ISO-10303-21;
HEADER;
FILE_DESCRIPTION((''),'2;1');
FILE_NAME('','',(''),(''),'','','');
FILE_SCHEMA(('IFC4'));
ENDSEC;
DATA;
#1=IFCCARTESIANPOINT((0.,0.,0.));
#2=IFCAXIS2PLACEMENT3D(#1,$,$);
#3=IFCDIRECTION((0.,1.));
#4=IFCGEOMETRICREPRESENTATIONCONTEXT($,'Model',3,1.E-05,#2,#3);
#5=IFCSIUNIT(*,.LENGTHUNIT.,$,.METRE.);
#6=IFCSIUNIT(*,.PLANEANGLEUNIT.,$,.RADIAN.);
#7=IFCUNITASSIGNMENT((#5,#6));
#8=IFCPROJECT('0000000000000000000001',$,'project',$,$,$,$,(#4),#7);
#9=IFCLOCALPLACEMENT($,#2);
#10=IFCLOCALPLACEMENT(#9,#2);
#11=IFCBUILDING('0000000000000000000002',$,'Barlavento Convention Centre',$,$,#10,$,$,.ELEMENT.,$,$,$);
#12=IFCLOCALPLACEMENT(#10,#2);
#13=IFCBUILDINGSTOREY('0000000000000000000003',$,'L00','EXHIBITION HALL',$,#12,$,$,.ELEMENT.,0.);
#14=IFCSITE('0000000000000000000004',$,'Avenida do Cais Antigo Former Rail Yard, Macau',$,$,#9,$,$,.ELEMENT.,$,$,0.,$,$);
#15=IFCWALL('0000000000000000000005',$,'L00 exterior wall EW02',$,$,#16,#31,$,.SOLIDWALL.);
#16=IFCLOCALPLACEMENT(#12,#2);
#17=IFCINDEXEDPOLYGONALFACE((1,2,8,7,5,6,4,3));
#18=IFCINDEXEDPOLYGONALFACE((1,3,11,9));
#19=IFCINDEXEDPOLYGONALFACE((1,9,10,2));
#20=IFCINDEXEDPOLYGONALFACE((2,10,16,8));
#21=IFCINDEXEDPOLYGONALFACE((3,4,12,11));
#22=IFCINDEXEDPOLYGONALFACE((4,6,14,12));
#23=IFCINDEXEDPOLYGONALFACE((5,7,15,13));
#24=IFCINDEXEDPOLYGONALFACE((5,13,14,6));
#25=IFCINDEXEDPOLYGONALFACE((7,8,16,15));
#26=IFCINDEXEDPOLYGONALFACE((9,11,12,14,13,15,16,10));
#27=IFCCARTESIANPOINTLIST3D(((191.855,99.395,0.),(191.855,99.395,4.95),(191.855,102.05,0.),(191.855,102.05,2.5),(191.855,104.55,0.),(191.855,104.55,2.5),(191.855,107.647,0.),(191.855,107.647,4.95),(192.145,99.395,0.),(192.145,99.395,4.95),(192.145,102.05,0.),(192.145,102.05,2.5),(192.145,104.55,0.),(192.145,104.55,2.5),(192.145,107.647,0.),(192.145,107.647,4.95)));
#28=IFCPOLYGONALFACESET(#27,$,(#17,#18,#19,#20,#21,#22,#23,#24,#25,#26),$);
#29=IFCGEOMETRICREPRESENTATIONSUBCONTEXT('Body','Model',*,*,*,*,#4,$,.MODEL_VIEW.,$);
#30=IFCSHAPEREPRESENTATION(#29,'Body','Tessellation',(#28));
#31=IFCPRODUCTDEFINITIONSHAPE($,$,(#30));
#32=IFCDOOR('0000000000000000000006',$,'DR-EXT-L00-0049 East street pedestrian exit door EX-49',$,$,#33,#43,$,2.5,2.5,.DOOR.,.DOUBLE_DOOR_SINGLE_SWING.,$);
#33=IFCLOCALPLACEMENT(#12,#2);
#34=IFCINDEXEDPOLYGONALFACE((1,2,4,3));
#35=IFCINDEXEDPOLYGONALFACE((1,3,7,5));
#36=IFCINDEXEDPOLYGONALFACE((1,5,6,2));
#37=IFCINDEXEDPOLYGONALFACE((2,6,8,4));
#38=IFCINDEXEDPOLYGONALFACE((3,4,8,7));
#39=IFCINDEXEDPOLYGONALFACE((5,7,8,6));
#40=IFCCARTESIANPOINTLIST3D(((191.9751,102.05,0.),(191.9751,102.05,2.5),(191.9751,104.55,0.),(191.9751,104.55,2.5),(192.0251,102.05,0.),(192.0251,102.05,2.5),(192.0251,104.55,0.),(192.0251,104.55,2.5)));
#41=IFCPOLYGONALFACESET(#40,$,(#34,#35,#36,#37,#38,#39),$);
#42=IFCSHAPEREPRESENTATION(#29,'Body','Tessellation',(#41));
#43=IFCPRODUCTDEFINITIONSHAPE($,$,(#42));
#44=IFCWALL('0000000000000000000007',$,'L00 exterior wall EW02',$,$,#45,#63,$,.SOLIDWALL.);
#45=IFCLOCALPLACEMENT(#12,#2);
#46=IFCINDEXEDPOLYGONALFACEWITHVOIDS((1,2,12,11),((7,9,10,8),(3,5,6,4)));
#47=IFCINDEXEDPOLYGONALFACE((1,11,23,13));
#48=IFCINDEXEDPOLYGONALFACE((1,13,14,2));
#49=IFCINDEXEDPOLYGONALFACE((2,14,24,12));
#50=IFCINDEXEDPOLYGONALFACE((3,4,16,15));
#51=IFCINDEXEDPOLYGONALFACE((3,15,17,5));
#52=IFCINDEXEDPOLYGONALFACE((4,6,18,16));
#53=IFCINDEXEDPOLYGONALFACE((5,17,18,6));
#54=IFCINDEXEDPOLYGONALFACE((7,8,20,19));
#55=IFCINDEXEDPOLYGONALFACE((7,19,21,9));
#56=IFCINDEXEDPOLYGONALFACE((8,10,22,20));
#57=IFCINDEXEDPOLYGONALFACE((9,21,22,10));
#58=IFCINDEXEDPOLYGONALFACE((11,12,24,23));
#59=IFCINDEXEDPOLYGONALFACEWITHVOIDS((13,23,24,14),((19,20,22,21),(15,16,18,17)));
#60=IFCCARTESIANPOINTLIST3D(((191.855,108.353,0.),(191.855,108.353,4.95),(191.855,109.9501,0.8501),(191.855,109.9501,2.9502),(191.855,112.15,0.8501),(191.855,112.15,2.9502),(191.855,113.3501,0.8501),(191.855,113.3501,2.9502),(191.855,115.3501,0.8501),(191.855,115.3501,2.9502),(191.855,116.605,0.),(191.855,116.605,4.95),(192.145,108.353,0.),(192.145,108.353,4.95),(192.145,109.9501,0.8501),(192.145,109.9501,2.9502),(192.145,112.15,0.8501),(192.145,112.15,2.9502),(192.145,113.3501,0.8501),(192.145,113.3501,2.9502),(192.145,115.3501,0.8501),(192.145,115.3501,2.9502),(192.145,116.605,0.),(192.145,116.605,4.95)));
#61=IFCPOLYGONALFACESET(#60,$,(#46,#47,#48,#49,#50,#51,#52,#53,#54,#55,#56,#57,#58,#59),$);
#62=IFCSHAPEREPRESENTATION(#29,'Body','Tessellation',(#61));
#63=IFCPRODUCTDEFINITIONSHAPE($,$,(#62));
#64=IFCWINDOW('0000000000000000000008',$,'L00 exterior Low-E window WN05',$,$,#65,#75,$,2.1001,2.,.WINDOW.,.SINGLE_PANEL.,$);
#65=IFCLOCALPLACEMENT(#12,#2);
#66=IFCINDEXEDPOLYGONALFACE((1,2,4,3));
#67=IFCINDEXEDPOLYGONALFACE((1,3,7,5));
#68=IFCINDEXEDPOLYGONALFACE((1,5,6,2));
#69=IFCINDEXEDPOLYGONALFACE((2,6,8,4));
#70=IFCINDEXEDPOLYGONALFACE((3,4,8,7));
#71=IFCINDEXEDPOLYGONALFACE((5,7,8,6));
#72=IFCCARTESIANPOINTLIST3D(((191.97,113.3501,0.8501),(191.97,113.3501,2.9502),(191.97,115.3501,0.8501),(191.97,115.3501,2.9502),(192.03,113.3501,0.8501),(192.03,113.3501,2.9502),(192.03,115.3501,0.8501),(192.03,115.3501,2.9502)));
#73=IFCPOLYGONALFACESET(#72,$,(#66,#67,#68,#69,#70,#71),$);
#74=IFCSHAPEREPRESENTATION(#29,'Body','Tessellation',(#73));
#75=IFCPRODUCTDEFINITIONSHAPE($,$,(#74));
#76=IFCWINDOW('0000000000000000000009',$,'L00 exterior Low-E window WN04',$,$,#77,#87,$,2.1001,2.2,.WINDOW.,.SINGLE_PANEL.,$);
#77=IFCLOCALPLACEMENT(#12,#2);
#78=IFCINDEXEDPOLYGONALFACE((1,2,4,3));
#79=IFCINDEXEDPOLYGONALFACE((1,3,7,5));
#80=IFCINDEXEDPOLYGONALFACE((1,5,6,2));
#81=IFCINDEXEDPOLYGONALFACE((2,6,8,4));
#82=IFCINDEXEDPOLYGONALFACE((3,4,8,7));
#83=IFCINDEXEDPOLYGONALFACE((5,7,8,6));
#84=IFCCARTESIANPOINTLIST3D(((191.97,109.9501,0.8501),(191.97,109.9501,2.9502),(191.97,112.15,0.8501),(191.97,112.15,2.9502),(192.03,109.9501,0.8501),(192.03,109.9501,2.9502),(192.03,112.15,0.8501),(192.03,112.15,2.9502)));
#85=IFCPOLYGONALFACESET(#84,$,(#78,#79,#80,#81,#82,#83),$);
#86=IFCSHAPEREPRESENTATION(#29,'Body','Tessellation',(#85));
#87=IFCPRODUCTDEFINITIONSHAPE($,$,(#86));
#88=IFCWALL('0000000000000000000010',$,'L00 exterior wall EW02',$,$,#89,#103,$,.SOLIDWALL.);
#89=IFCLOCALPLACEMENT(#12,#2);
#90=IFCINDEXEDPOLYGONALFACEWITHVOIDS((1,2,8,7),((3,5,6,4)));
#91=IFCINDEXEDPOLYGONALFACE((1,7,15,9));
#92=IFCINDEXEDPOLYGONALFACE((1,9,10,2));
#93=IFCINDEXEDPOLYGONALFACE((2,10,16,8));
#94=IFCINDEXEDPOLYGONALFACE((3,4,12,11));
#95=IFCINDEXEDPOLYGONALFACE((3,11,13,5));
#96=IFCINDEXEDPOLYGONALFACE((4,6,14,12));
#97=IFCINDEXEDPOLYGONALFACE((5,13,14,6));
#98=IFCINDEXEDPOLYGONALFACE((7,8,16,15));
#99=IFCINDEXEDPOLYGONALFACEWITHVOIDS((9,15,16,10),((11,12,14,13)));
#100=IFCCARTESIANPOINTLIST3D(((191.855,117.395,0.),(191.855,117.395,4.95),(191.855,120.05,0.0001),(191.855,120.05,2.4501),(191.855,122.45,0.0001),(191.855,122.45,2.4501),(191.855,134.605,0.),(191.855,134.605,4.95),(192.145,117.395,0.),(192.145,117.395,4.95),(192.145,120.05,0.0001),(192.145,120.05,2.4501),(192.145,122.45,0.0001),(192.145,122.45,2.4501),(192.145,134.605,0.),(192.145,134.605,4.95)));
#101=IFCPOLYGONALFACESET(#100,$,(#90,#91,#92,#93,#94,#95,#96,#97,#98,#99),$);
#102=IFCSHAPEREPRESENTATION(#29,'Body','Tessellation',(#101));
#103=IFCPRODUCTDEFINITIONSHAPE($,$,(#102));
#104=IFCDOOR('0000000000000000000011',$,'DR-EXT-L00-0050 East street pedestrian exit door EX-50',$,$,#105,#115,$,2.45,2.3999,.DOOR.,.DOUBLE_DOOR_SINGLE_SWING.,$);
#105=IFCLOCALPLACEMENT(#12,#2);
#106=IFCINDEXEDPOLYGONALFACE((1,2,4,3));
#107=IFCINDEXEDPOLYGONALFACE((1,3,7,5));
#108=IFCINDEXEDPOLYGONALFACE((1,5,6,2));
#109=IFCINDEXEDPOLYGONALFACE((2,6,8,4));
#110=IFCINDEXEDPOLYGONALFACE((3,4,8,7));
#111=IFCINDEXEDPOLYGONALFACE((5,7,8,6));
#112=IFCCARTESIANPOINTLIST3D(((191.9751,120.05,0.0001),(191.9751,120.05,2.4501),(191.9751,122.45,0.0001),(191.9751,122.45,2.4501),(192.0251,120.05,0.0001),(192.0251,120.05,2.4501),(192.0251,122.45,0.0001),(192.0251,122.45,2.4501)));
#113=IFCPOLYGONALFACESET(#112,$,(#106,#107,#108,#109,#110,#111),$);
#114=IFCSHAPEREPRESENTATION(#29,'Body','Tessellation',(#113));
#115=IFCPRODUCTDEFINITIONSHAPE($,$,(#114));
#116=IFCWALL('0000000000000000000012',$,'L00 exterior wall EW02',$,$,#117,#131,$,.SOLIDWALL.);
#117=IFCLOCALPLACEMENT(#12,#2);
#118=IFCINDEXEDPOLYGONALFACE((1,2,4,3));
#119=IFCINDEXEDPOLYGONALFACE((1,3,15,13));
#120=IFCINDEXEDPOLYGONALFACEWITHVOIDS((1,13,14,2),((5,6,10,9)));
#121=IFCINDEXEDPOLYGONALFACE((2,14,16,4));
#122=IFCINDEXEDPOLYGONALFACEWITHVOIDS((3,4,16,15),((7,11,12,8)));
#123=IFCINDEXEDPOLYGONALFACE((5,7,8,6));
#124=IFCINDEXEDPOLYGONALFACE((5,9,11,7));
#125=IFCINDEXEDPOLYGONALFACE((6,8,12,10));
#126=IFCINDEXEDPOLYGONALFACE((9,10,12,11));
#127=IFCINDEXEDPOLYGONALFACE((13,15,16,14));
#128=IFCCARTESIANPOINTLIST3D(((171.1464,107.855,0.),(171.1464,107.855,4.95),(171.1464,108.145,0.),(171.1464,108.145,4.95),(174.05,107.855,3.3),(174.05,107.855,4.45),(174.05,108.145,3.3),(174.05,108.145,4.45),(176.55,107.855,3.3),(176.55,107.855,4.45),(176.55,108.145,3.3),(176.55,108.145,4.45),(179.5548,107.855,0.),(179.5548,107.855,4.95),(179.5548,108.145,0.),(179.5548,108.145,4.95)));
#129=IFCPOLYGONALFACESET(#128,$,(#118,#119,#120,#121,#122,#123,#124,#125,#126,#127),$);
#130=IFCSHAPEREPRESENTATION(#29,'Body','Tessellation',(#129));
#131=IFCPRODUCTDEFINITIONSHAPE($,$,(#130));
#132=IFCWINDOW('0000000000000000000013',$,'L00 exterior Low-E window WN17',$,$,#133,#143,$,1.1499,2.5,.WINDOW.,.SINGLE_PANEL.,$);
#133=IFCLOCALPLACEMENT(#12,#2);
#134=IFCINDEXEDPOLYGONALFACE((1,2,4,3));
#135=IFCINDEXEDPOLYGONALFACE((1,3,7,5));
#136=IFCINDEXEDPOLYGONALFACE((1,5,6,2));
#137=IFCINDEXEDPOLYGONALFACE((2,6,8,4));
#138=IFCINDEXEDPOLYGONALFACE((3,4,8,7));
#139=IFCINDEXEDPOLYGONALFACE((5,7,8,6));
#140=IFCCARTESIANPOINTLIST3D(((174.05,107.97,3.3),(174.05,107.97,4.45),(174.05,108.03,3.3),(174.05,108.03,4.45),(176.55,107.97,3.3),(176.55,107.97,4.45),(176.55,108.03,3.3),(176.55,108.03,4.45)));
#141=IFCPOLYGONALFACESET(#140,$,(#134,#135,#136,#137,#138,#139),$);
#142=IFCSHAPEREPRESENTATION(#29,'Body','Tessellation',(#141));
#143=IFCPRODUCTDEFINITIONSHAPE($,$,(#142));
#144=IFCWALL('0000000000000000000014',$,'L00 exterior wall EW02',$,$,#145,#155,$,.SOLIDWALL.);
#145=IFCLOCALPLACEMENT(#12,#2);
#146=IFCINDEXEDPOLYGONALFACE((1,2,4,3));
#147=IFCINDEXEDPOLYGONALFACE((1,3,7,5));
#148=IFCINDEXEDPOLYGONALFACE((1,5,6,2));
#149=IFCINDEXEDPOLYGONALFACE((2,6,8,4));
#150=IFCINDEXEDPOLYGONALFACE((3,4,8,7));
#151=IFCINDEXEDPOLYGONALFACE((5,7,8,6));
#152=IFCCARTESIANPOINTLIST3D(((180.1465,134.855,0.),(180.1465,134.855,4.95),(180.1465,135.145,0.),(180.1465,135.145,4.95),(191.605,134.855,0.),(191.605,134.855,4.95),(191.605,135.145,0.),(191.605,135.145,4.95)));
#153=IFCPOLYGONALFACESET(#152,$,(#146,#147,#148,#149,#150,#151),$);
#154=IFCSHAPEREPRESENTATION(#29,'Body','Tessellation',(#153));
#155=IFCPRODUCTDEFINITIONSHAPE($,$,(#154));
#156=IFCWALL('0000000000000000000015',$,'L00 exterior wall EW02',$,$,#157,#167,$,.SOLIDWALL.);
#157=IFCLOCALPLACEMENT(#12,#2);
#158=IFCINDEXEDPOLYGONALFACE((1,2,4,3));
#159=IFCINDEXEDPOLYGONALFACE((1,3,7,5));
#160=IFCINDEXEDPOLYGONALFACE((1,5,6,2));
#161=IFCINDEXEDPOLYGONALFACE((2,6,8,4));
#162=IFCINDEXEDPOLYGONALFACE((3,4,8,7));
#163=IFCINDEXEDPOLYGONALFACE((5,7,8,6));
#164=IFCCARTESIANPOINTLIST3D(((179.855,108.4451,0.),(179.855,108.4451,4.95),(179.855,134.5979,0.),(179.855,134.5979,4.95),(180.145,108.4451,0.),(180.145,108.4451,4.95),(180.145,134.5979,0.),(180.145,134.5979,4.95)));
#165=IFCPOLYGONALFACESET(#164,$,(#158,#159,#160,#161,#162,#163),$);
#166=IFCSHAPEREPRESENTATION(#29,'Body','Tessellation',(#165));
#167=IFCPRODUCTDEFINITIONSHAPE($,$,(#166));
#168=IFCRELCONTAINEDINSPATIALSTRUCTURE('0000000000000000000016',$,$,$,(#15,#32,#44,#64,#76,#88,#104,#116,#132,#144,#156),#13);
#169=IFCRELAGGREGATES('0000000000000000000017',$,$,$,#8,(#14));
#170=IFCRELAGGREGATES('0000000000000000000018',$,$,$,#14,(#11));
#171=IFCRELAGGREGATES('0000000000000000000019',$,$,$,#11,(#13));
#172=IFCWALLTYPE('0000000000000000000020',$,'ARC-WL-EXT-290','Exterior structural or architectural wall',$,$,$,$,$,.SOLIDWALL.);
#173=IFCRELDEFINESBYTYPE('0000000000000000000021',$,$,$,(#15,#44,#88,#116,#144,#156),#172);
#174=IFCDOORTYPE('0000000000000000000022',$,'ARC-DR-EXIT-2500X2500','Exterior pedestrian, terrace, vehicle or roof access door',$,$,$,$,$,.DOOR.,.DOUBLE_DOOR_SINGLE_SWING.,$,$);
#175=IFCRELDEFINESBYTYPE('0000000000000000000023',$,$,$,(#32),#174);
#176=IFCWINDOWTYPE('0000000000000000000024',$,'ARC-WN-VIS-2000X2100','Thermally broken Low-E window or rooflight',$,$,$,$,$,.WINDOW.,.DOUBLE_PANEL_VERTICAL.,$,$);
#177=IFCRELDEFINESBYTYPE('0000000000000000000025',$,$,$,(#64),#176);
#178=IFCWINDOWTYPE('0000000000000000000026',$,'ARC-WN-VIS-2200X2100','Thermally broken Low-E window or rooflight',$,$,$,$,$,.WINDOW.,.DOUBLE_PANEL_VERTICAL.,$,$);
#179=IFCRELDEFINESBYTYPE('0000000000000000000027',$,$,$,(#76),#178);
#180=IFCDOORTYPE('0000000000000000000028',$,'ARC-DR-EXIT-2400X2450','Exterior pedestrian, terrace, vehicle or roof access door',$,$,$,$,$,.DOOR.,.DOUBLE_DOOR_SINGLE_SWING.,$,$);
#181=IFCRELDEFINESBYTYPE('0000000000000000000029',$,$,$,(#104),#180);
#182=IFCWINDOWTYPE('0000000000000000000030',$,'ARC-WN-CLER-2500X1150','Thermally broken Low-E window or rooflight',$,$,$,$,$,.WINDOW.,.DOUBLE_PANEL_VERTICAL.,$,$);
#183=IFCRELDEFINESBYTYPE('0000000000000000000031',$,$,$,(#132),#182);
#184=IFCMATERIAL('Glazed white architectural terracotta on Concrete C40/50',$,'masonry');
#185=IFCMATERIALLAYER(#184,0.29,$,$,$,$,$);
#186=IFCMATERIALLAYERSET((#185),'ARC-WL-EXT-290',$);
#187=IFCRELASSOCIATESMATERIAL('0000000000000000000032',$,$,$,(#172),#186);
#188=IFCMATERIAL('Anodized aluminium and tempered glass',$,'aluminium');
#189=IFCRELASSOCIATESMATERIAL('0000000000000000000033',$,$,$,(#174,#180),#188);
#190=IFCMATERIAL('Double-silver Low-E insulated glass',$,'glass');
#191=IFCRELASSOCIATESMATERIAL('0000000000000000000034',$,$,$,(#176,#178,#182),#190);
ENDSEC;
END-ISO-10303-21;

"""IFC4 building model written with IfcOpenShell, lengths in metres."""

from ifc_helpers import new_model, si_unit, direction, frame, frame_2d, origin, place, context, subcontext, project, spatial, rectangle, extrude, material, layer, layer_set, type_object, element, fill, save


model = new_model("IFC4")

# Units and contexts
model_context = context("Model", 3, precision=1e-05, world=origin(), true_north=direction((0.0, 1.0)))
body_context = subcontext(model_context, "Body", "Model", "MODEL_VIEW")
ifc_project = project(units=[si_unit("LENGTHUNIT", "METRE"), si_unit("PLANEANGLEUNIT", "RADIAN")], contexts=[model_context])

# Site, building, storey
site_placement = place(None, origin())
site = spatial("IfcSite", under=ifc_project, at=site_placement, Name="Avenida do Cais Antigo Former Rail Yard, Macau", CompositionType="ELEMENT", RefElevation=0.0)
building_placement = place(site_placement, origin())
building = spatial("IfcBuilding", under=site, at=building_placement, Name="Barlavento Convention Centre", CompositionType="ELEMENT")
storey_placement = place(building_placement, origin())
storey = spatial("IfcBuildingStorey", under=building, at=storey_placement, Name="L00", Description="EXHIBITION HALL", CompositionType="ELEMENT", Elevation=0.0)

# Wall, opening, door
ifc_material_1 = material(Name="Glazed white architectural terracotta on Concrete C40/50", Category="masonry")
ifc_layer_1 = layer(ifc_material_1, 0.29)
ifc_layer_set_1 = layer_set([ifc_layer_1], Name="ARC-WL-EXT-290")
wall_type_1 = type_object("IfcWallType", Name="ARC-WL-EXT-290", Description="Exterior structural or architectural wall", PredefinedType="SOLIDWALL", material=ifc_layer_set_1)
wall_1_placement = place(storey_placement, frame((192.0, 99.395, 0.0), z_axis=(0.0, 0.0, 1.0), x_axis=(0.0, 1.0, 0.0)))
wall_1 = element("IfcWall", 1, at=wall_1_placement, inside=storey, type_object=wall_type_1, Name="L00 exterior wall EW02", PredefinedType="SOLIDWALL", context=body_context, shape_type="SweptSolid", body=[
    extrude(rectangle(XDim=8.252, YDim=0.29, at=frame_2d((4.126, 0.0))), origin(), (0.0, 0.0, 1.0), 4.95),
])
opening_1_placement = place(wall_1_placement, frame((2.655, 0.0, 0.0)))
opening_1 = element("IfcOpeningElement", 2, at=opening_1_placement, cuts=wall_1, PredefinedType="OPENING", context=body_context, shape_type="SweptSolid", body=[
    extrude(rectangle(XDim=2.5, YDim=2.5, at=frame_2d((1.25, 1.25))), frame((0.0, 0.155, 0.0), z_axis=(0.0, -1.0, 0.0), x_axis=(1.0, 0.0, 0.0)), (0.0, 0.0, 1.0), 0.3101),
])
ifc_material_2 = material(Name="Anodized aluminium and tempered glass", Category="aluminium")
door_type_1 = type_object("IfcDoorType", Name="ARC-DR-EXIT-2500X2500", Description="Exterior pedestrian, terrace, vehicle or roof access door", OperationType="DOUBLE_DOOR_SINGLE_SWING", PredefinedType="DOOR", material=ifc_material_2)
door_1_placement = place(opening_1_placement, origin())
door_1 = element("IfcDoor", 3, at=door_1_placement, inside=storey, type_object=door_type_1, Name="DR-EXT-L00-0049 East street pedestrian exit door EX-49", OperationType="DOUBLE_DOOR_SINGLE_SWING", OverallHeight=2.5, OverallWidth=2.5, PredefinedType="DOOR", context=body_context, shape_type="SweptSolid", body=[
    extrude(rectangle(XDim=2.5, YDim=2.5, at=frame_2d((1.25, 1.25))), frame((0.0, 0.0249, 0.0), z_axis=(0.0, -1.0, 0.0), x_axis=(1.0, 0.0, 0.0)), (0.0, 0.0, 1.0), 0.05),
])
fill(opening_1, door_1)

# Wall, openings, windows
wall_2_placement = place(storey_placement, frame((192.0, 108.353, 0.0), z_axis=(0.0, 0.0, 1.0), x_axis=(0.0, 1.0, 0.0)))
wall_2 = element("IfcWall", 4, at=wall_2_placement, inside=storey, type_object=wall_type_1, Name="L00 exterior wall EW02", PredefinedType="SOLIDWALL", context=body_context, shape_type="SweptSolid", body=[
    extrude(rectangle(XDim=8.252, YDim=0.29, at=frame_2d((4.126, 0.0))), origin(), (0.0, 0.0, 1.0), 4.95),
])
opening_2_placement = place(wall_2_placement, frame((1.5969, 0.0, 0.8501)))
opening_2 = element("IfcOpeningElement", 5, at=opening_2_placement, cuts=wall_2, PredefinedType="OPENING", context=body_context, shape_type="SweptSolid", body=[
    extrude(rectangle(XDim=2.2, YDim=2.1001, at=frame_2d((1.1001, 1.05))), frame((0.0, 0.155, 0.0), z_axis=(0.0, -1.0, 0.0), x_axis=(1.0, 0.0, 0.0)), (0.0, 0.0, 1.0), 0.3101),
])
opening_3_placement = place(wall_2_placement, frame((4.9971, 0.0, 0.8501)))
opening_3 = element("IfcOpeningElement", 6, at=opening_3_placement, cuts=wall_2, PredefinedType="OPENING", context=body_context, shape_type="SweptSolid", body=[
    extrude(rectangle(XDim=2.0, YDim=2.1001, at=frame_2d((1.0, 1.05))), frame((0.0, 0.155, 0.0), z_axis=(0.0, -1.0, 0.0), x_axis=(1.0, 0.0, 0.0)), (0.0, 0.0, 1.0), 0.3101),
])
ifc_material_3 = material(Name="Double-silver Low-E insulated glass", Category="glass")
window_type_1 = type_object("IfcWindowType", Name="ARC-WN-VIS-2000X2100", Description="Thermally broken Low-E window or rooflight", PartitioningType="DOUBLE_PANEL_VERTICAL", PredefinedType="WINDOW", material=ifc_material_3)
window_1_placement = place(opening_3_placement, origin())
window_1 = element("IfcWindow", 7, at=window_1_placement, inside=storey, type_object=window_type_1, Name="L00 exterior Low-E window WN05", OverallHeight=2.1001, OverallWidth=2.0, PartitioningType="SINGLE_PANEL", PredefinedType="WINDOW", context=body_context, shape_type="SweptSolid", body=[
    extrude(rectangle(XDim=2.0, YDim=2.1001, at=frame_2d((1.0, 1.05))), frame((0.0, 0.03, 0.0), z_axis=(0.0, -1.0, 0.0), x_axis=(1.0, 0.0, 0.0)), (0.0, 0.0, 1.0), 0.0601),
])
fill(opening_3, window_1)
window_type_2 = type_object("IfcWindowType", Name="ARC-WN-VIS-2200X2100", Description="Thermally broken Low-E window or rooflight", PartitioningType="DOUBLE_PANEL_VERTICAL", PredefinedType="WINDOW", material=ifc_material_3)
window_2_placement = place(opening_2_placement, origin())
window_2 = element("IfcWindow", 8, at=window_2_placement, inside=storey, type_object=window_type_2, Name="L00 exterior Low-E window WN04", OverallHeight=2.1001, OverallWidth=2.2, PartitioningType="SINGLE_PANEL", PredefinedType="WINDOW", context=body_context, shape_type="SweptSolid", body=[
    extrude(rectangle(XDim=2.2, YDim=2.1001, at=frame_2d((1.1001, 1.05))), frame((0.0, 0.03, 0.0), z_axis=(0.0, -1.0, 0.0), x_axis=(1.0, 0.0, 0.0)), (0.0, 0.0, 1.0), 0.0601),
])
fill(opening_2, window_2)

# Wall, opening, door
wall_3_placement = place(storey_placement, frame((192.0, 117.395, 0.0), z_axis=(0.0, 0.0, 1.0), x_axis=(0.0, 1.0, 0.0)))
wall_3 = element("IfcWall", 9, at=wall_3_placement, inside=storey, type_object=wall_type_1, Name="L00 exterior wall EW02", PredefinedType="SOLIDWALL", context=body_context, shape_type="SweptSolid", body=[
    extrude(rectangle(XDim=17.21, YDim=0.29, at=frame_2d((8.605, 0.0))), origin(), (0.0, 0.0, 1.0), 4.95),
])
opening_4_placement = place(wall_3_placement, frame((2.655, 0.0, 0.0)))
opening_4 = element("IfcOpeningElement", 10, at=opening_4_placement, cuts=wall_3, PredefinedType="OPENING", context=body_context, shape_type="SweptSolid", body=[
    extrude(rectangle(XDim=2.3999, YDim=2.45, at=frame_2d((1.2, 1.2251))), frame((0.0, 0.155, 0.0), z_axis=(0.0, -1.0, 0.0), x_axis=(1.0, 0.0, 0.0)), (0.0, 0.0, 1.0), 0.3101),
])
door_type_2 = type_object("IfcDoorType", Name="ARC-DR-EXIT-2400X2450", Description="Exterior pedestrian, terrace, vehicle or roof access door", OperationType="DOUBLE_DOOR_SINGLE_SWING", PredefinedType="DOOR", material=ifc_material_2)
door_2_placement = place(opening_4_placement, origin())
door_2 = element("IfcDoor", 11, at=door_2_placement, inside=storey, type_object=door_type_2, Name="DR-EXT-L00-0050 East street pedestrian exit door EX-50", OperationType="DOUBLE_DOOR_SINGLE_SWING", OverallHeight=2.45, OverallWidth=2.3999, PredefinedType="DOOR", context=body_context, shape_type="SweptSolid", body=[
    extrude(rectangle(XDim=2.3999, YDim=2.45, at=frame_2d((1.2, 1.2251))), frame((0.0, 0.0249, 0.0), z_axis=(0.0, -1.0, 0.0), x_axis=(1.0, 0.0, 0.0)), (0.0, 0.0, 1.0), 0.05),
])
fill(opening_4, door_2)

# Wall, opening, window
wall_4_placement = place(storey_placement, frame((171.1465, 108.0, 0.0), z_axis=(0.0, 0.0, 1.0), x_axis=(1.0, 0.0, 0.0)))
wall_4 = element("IfcWall", 12, at=wall_4_placement, inside=storey, type_object=wall_type_1, Name="L00 exterior wall EW02", PredefinedType="SOLIDWALL", context=body_context, shape_type="SweptSolid", body=[
    extrude(rectangle(XDim=8.4084, YDim=0.29, at=frame_2d((4.2041, 0.0))), origin(), (0.0, 0.0, 1.0), 4.95),
])
opening_5_placement = place(wall_4_placement, frame((2.9036, 0.0, 3.3)))
opening_5 = element("IfcOpeningElement", 13, at=opening_5_placement, cuts=wall_4, PredefinedType="OPENING", context=body_context, shape_type="SweptSolid", body=[
    extrude(rectangle(XDim=2.5, YDim=1.1499, at=frame_2d((1.25, 0.575))), frame((0.0, 0.155, 0.0), z_axis=(0.0, -1.0, 0.0), x_axis=(1.0, 0.0, 0.0)), (0.0, 0.0, 1.0), 0.3101),
])
window_type_3 = type_object("IfcWindowType", Name="ARC-WN-CLER-2500X1150", Description="Thermally broken Low-E window or rooflight", PartitioningType="DOUBLE_PANEL_VERTICAL", PredefinedType="WINDOW", material=ifc_material_3)
window_3_placement = place(opening_5_placement, origin())
window_3 = element("IfcWindow", 14, at=window_3_placement, inside=storey, type_object=window_type_3, Name="L00 exterior Low-E window WN17", OverallHeight=1.1499, OverallWidth=2.5, PartitioningType="SINGLE_PANEL", PredefinedType="WINDOW", context=body_context, shape_type="SweptSolid", body=[
    extrude(rectangle(XDim=2.5, YDim=1.1499, at=frame_2d((1.25, 0.575))), frame((0.0, 0.03, 0.0), z_axis=(0.0, -1.0, 0.0), x_axis=(1.0, 0.0, 0.0)), (0.0, 0.0, 1.0), 0.0601),
])
fill(opening_5, window_3)

# Walls
wall_5_placement = place(storey_placement, frame((180.1465, 135.0, 0.0), z_axis=(0.0, 0.0, 1.0), x_axis=(1.0, 0.0, 0.0)))
element("IfcWall", 15, at=wall_5_placement, inside=storey, type_object=wall_type_1, Name="L00 exterior wall EW02", PredefinedType="SOLIDWALL", context=body_context, shape_type="SweptSolid", body=[
    extrude(rectangle(XDim=11.4585, YDim=0.29, at=frame_2d((5.7292, 0.0))), origin(), (0.0, 0.0, 1.0), 4.95),
])
wall_6_placement = place(storey_placement, frame((180.0, 108.4451, 0.0), z_axis=(0.0, 0.0, 1.0), x_axis=(0.0, 1.0, 0.0)))
element("IfcWall", 16, at=wall_6_placement, inside=storey, type_object=wall_type_1, Name="L00 exterior wall EW02", PredefinedType="SOLIDWALL", context=body_context, shape_type="SweptSolid", body=[
    extrude(rectangle(XDim=26.1528, YDim=0.29, at=frame_2d((13.0764, 0.0))), origin(), (0.0, 0.0, 1.0), 4.95),
])

save(model, "model.ifc")
